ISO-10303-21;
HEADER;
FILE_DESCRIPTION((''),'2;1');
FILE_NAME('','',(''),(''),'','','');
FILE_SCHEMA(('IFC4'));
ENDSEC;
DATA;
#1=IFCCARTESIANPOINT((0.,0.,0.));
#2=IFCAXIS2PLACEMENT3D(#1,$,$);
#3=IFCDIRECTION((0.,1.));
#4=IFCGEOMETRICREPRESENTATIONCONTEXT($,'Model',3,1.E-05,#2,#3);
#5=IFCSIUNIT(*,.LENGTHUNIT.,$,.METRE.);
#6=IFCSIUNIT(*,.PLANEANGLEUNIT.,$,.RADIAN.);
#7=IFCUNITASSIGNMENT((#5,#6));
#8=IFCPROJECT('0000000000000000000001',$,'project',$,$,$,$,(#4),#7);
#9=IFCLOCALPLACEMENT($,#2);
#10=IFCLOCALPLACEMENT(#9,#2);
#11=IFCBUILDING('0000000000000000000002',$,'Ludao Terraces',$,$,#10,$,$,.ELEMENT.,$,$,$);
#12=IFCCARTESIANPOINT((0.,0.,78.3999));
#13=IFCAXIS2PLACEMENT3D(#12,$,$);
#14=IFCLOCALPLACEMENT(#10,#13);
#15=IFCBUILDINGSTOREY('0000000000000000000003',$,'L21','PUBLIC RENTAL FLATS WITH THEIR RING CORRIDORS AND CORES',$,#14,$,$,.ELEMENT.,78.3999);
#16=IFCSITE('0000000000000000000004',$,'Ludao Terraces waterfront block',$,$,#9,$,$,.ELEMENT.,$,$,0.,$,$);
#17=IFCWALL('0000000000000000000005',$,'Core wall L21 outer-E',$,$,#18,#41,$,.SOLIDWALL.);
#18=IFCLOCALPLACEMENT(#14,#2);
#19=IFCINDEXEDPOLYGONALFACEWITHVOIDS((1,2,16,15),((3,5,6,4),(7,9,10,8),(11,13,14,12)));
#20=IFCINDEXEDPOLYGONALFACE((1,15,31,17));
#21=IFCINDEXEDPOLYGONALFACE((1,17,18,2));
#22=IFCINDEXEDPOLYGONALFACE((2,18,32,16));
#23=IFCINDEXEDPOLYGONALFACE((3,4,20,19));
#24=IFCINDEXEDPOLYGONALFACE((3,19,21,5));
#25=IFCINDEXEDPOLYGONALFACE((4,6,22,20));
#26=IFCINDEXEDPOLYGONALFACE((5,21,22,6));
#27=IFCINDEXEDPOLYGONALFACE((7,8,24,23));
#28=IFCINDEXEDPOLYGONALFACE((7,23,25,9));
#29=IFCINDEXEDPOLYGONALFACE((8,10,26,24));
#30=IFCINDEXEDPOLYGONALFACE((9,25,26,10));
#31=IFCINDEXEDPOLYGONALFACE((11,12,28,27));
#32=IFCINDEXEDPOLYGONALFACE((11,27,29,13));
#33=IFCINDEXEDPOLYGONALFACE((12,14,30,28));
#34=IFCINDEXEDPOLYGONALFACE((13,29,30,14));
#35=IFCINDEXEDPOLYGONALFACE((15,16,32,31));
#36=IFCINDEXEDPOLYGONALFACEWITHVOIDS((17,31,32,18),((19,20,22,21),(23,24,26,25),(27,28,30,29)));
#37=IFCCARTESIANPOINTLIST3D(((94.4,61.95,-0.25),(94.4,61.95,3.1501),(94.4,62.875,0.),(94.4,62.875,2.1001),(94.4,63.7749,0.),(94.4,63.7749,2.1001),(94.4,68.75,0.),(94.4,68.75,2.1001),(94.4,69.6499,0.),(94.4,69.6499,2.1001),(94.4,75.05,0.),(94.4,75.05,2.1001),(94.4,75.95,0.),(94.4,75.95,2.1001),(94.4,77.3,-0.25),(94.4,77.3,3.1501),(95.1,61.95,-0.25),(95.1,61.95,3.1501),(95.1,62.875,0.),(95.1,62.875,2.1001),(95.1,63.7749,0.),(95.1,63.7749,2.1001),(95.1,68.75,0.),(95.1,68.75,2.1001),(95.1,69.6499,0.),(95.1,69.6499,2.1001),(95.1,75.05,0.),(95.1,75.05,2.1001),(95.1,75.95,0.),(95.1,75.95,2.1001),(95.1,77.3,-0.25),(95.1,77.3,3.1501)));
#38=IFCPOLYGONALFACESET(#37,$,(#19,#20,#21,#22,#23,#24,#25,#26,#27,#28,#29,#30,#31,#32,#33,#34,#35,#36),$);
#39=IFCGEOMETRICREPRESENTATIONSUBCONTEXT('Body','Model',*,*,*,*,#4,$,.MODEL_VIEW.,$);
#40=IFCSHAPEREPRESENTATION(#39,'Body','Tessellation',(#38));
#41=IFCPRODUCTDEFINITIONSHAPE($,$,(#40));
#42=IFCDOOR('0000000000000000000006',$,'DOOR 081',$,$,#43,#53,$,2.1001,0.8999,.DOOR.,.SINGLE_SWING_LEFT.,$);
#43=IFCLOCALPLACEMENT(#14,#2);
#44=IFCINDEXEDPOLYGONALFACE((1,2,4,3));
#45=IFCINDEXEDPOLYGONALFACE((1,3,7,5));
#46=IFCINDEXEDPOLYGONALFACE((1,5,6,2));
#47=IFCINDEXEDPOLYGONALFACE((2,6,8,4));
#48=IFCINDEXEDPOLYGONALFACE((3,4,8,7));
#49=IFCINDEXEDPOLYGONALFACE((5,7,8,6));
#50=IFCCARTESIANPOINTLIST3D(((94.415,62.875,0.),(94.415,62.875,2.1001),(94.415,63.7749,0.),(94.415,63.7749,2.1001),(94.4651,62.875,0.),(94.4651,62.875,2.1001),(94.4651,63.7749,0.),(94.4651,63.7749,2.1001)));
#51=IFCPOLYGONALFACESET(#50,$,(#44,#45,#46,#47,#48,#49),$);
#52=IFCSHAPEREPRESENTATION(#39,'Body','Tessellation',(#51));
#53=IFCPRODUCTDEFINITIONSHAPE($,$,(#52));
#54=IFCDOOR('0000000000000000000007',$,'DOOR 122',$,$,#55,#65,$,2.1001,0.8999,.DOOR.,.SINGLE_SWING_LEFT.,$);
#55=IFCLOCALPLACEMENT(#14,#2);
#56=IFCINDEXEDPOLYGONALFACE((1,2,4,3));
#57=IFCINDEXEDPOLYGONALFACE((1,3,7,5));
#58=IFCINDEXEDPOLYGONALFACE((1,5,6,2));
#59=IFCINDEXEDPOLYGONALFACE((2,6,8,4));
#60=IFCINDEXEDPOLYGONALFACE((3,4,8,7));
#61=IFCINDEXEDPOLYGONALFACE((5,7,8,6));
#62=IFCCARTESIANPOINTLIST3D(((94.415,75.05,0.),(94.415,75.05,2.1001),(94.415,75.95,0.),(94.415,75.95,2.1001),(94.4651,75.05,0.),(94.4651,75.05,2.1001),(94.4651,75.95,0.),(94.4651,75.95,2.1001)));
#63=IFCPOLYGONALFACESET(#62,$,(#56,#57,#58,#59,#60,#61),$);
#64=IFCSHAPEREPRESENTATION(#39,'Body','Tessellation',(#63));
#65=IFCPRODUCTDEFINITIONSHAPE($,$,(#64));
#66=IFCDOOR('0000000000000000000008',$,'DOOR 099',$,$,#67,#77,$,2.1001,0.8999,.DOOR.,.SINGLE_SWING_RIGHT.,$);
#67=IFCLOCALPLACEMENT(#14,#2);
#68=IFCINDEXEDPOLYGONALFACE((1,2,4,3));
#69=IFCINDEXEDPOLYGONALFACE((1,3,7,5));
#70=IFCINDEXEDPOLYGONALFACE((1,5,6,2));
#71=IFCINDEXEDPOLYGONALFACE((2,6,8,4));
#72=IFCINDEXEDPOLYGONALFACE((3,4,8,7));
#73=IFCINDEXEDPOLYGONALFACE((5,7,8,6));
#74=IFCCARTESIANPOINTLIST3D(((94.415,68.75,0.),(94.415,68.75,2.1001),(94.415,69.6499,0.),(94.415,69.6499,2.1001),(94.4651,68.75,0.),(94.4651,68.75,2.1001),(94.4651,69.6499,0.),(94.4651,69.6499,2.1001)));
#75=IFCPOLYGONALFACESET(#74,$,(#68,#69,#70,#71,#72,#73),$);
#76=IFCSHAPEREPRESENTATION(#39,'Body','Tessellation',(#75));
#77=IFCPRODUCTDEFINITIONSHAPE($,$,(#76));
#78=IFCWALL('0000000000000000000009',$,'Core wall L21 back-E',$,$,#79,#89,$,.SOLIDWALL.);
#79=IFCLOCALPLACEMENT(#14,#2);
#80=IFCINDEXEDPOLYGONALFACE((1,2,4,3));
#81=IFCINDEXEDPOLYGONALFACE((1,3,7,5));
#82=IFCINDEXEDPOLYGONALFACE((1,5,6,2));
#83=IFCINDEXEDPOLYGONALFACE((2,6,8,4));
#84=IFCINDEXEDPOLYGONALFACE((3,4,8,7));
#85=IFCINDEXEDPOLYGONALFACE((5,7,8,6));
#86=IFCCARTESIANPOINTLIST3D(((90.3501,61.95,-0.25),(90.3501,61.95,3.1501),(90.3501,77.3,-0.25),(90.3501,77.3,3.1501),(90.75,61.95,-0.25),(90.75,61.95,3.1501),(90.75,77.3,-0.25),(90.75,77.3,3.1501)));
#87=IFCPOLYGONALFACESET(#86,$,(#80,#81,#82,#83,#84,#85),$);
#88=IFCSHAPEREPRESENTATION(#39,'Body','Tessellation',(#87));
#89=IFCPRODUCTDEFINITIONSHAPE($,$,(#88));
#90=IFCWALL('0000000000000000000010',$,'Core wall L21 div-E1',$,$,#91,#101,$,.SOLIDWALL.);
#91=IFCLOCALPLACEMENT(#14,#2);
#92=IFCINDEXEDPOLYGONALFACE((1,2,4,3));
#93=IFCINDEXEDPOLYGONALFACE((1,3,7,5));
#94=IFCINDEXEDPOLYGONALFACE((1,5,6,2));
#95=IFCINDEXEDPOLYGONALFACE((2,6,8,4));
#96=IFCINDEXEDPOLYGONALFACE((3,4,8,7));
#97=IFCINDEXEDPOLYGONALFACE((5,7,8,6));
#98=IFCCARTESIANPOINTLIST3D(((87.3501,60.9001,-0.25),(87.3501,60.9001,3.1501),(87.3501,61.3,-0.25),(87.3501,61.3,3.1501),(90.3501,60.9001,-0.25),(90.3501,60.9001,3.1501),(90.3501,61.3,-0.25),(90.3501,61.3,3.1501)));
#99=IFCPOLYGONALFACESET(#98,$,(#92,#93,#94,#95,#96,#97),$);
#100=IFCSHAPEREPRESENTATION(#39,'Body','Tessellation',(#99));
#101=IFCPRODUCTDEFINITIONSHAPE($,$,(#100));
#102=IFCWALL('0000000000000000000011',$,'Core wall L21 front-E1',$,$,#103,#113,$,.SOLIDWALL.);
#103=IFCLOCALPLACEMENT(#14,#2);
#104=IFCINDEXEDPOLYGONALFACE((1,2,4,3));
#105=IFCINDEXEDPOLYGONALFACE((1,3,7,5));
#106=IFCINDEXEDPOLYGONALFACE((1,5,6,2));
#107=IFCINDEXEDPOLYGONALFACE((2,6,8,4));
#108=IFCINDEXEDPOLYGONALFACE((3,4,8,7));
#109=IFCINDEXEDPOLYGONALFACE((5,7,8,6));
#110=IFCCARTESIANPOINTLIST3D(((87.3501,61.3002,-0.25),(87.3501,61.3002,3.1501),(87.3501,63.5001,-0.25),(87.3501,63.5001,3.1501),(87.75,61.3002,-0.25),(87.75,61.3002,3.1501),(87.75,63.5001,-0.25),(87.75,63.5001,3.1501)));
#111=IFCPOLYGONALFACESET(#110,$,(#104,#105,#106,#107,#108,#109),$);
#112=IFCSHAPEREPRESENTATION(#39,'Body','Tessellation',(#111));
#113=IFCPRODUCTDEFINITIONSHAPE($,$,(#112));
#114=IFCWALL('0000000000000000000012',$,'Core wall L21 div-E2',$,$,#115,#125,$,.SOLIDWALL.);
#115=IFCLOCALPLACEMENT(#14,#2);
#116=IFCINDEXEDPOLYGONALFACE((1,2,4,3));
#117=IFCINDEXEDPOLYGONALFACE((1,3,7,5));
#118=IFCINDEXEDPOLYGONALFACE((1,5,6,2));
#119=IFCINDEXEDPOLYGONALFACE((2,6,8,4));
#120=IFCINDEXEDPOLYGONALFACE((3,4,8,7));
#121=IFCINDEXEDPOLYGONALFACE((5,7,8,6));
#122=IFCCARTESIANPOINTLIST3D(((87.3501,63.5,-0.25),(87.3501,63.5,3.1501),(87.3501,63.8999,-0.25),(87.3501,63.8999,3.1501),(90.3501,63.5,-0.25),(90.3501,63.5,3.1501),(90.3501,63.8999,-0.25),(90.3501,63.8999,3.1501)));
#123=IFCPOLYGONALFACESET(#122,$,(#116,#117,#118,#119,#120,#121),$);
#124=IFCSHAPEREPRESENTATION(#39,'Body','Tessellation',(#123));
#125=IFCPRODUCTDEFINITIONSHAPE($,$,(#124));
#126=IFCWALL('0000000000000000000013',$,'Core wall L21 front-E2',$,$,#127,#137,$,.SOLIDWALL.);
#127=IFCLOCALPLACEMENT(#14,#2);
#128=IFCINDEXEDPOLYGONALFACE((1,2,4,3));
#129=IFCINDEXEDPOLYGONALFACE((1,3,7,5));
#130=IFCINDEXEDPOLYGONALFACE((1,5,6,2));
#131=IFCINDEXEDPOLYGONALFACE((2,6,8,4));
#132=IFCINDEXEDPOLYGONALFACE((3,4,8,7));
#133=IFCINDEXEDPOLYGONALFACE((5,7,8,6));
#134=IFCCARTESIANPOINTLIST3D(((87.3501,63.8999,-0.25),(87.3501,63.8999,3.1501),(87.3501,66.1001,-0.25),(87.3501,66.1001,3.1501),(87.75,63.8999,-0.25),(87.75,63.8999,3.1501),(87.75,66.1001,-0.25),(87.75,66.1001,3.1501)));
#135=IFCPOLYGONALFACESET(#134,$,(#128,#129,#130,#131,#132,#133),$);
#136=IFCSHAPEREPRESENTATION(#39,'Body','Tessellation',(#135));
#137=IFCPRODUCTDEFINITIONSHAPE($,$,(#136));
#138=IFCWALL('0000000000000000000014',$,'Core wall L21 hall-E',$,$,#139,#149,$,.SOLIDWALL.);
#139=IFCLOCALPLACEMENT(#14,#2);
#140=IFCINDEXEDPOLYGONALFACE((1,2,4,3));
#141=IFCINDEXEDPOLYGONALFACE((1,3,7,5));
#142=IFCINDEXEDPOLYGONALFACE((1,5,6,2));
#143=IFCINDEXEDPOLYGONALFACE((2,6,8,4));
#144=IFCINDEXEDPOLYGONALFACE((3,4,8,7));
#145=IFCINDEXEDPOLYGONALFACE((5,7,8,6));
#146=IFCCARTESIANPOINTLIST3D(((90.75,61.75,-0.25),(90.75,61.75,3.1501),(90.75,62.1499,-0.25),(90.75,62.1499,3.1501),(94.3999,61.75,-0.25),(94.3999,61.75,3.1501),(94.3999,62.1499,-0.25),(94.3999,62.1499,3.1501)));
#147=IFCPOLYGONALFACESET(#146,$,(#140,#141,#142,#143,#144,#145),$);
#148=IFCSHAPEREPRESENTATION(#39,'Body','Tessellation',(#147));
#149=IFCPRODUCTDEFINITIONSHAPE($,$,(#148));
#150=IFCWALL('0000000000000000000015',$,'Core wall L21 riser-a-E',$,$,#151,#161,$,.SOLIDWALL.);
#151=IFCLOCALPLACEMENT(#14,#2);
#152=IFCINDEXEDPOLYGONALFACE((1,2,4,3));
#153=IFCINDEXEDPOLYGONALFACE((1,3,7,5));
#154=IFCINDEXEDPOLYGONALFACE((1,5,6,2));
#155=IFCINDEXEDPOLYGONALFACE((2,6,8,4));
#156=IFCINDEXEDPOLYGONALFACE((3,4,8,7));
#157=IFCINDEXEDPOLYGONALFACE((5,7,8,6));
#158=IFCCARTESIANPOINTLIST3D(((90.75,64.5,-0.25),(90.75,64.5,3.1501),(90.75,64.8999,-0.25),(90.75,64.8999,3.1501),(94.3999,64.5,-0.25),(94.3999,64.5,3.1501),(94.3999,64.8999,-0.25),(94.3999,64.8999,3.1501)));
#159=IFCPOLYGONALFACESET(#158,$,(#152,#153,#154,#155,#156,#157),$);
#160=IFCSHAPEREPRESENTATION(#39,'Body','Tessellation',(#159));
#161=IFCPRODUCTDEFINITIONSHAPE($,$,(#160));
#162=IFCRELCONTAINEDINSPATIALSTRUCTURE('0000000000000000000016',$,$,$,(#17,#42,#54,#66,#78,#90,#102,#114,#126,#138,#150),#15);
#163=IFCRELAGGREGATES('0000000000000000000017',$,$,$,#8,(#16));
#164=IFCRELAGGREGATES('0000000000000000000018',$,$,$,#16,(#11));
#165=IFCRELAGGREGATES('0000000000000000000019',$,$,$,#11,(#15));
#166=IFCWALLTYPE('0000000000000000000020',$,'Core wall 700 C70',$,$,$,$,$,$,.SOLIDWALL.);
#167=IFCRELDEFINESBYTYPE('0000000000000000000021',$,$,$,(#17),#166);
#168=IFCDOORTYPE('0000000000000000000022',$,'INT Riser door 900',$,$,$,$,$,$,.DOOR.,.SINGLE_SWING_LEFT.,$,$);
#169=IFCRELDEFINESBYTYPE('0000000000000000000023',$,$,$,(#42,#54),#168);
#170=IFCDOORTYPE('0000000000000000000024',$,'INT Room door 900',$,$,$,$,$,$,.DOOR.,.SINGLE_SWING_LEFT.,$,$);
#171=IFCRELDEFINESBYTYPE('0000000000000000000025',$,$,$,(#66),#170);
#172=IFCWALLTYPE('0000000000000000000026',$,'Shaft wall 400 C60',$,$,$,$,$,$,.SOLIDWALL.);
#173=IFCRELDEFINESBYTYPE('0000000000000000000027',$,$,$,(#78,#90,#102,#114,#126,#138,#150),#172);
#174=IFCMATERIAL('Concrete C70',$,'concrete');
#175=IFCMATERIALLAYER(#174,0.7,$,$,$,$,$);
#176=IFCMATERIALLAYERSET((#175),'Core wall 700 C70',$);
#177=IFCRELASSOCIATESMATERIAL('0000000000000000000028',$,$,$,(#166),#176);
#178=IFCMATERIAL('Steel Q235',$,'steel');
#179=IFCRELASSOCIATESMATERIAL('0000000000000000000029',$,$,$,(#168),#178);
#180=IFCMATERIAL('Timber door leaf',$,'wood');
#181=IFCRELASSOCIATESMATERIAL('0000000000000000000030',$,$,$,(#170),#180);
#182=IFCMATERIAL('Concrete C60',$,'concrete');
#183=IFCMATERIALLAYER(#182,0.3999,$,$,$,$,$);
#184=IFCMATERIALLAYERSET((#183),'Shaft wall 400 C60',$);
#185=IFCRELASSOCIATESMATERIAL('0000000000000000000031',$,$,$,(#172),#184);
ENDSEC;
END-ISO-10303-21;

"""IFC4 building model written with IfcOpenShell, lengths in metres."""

from ifc_helpers import new_model, si_unit, direction, frame, frame_2d, origin, place, context, subcontext, project, spatial, rectangle, extrude, material, layer, layer_set, type_object, element, fill, save


model = new_model("IFC4")

# Units and contexts
model_context = context("Model", 3, precision=1e-05, world=origin(), true_north=direction((0.0, 1.0)))
body_context = subcontext(model_context, "Body", "Model", "MODEL_VIEW")
ifc_project = project(units=[si_unit("LENGTHUNIT", "METRE"), si_unit("PLANEANGLEUNIT", "RADIAN")], contexts=[model_context])

# Site, building, storey
site_placement = place(None, origin())
site = spatial("IfcSite", under=ifc_project, at=site_placement, Name="Ludao Terraces waterfront block", CompositionType="ELEMENT", RefElevation=0.0)
building_placement = place(site_placement, origin())
building = spatial("IfcBuilding", under=site, at=building_placement, Name="Ludao Terraces", CompositionType="ELEMENT")
storey_placement = place(building_placement, frame((0.0, 0.0, 78.3999)))
storey = spatial("IfcBuildingStorey", under=building, at=storey_placement, Name="L21", Description="PUBLIC RENTAL FLATS WITH THEIR RING CORRIDORS AND CORES", CompositionType="ELEMENT", Elevation=78.3999)

# Wall, openings, doors
ifc_material_1 = material(Name="Concrete C70", Category="concrete")
ifc_layer_1 = layer(ifc_material_1, 0.7)
ifc_layer_set_1 = layer_set([ifc_layer_1], Name="Core wall 700 C70")
wall_type_1 = type_object("IfcWallType", Name="Core wall 700 C70", PredefinedType="SOLIDWALL", material=ifc_layer_set_1)
wall_1_placement = place(storey_placement, frame((94.75, 61.95, -0.25), z_axis=(0.0, 0.0, 1.0), x_axis=(0.0, 1.0, 0.0)))
wall_1 = element("IfcWall", 1, at=wall_1_placement, inside=storey, type_object=wall_type_1, Name="Core wall L21 outer-E", PredefinedType="SOLIDWALL", context=body_context, shape_type="SweptSolid", body=[
    extrude(rectangle(XDim=15.3501, YDim=0.7, at=frame_2d((7.675, 0.0))), origin(), (0.0, 0.0, 1.0), 3.4001),
])
opening_1_placement = place(wall_1_placement, frame((0.925, 0.0, 0.25)))
opening_1 = element("IfcOpeningElement", 2, at=opening_1_placement, cuts=wall_1, PredefinedType="OPENING", context=body_context, shape_type="SweptSolid", body=[
    extrude(rectangle(XDim=0.8999, YDim=2.1001, at=frame_2d((0.45, 1.05))), frame((0.0, 0.3599, 0.0), z_axis=(0.0, -1.0, 0.0), x_axis=(1.0, 0.0, 0.0)), (0.0, 0.0, 1.0), 0.72),
])
opening_2_placement = place(wall_1_placement, frame((6.8, 0.0, 0.25)))
opening_2 = element("IfcOpeningElement", 3, at=opening_2_placement, cuts=wall_1, PredefinedType="OPENING", context=body_context, shape_type="SweptSolid", body=[
    extrude(rectangle(XDim=0.8999, YDim=2.1001, at=frame_2d((0.45, 1.05))), frame((0.0, 0.3599, 0.0), z_axis=(0.0, -1.0, 0.0), x_axis=(1.0, 0.0, 0.0)), (0.0, 0.0, 1.0), 0.72),
])
opening_3_placement = place(wall_1_placement, frame((13.1001, 0.0, 0.25)))
opening_3 = element("IfcOpeningElement", 4, at=opening_3_placement, cuts=wall_1, PredefinedType="OPENING", context=body_context, shape_type="SweptSolid", body=[
    extrude(rectangle(XDim=0.8999, YDim=2.1001, at=frame_2d((0.45, 1.05))), frame((0.0, 0.3599, 0.0), z_axis=(0.0, -1.0, 0.0), x_axis=(1.0, 0.0, 0.0)), (0.0, 0.0, 1.0), 0.72),
])
ifc_material_2 = material(Name="Steel Q235", Category="steel")
door_type_1 = type_object("IfcDoorType", Name="INT Riser door 900", OperationType="SINGLE_SWING_LEFT", PredefinedType="DOOR", material=ifc_material_2)
door_1_placement = place(opening_1_placement, origin())
door_1 = element("IfcDoor", 5, at=door_1_placement, inside=storey, type_object=door_type_1, Name="DOOR 081", OperationType="SINGLE_SWING_LEFT", OverallHeight=2.1001, OverallWidth=0.8999, PredefinedType="DOOR", context=body_context, shape_type="SweptSolid", body=[
    extrude(rectangle(XDim=0.8999, YDim=2.1001, at=frame_2d((0.45, 1.05))), frame((0.0, 0.335, 0.0), z_axis=(0.0, -1.0, 0.0), x_axis=(1.0, 0.0, 0.0)), (0.0, 0.0, 1.0), 0.05),
])
fill(opening_1, door_1)
door_2_placement = place(opening_3_placement, origin())
door_2 = element("IfcDoor", 6, at=door_2_placement, inside=storey, type_object=door_type_1, Name="DOOR 122", OperationType="SINGLE_SWING_LEFT", OverallHeight=2.1001, OverallWidth=0.8999, PredefinedType="DOOR", context=body_context, shape_type="SweptSolid", body=[
    extrude(rectangle(XDim=0.8999, YDim=2.1001, at=frame_2d((0.45, 1.05))), frame((0.0, 0.335, 0.0), z_axis=(0.0, -1.0, 0.0), x_axis=(1.0, 0.0, 0.0)), (0.0, 0.0, 1.0), 0.05),
])
fill(opening_3, door_2)
ifc_material_3 = material(Name="Timber door leaf", Category="wood")
door_type_2 = type_object("IfcDoorType", Name="INT Room door 900", OperationType="SINGLE_SWING_LEFT", PredefinedType="DOOR", material=ifc_material_3)
door_3_placement = place(opening_2_placement, origin())
door_3 = element("IfcDoor", 7, at=door_3_placement, inside=storey, type_object=door_type_2, Name="DOOR 099", OperationType="SINGLE_SWING_RIGHT", OverallHeight=2.1001, OverallWidth=0.8999, PredefinedType="DOOR", context=body_context, shape_type="SweptSolid", body=[
    extrude(rectangle(XDim=0.8999, YDim=2.1001, at=frame_2d((0.45, 1.05))), frame((0.0, 0.335, 0.0), z_axis=(0.0, -1.0, 0.0), x_axis=(1.0, 0.0, 0.0)), (0.0, 0.0, 1.0), 0.05),
])
fill(opening_2, door_3)

# Walls
ifc_material_4 = material(Name="Concrete C60", Category="concrete")
ifc_layer_2 = layer(ifc_material_4, 0.3999)
ifc_layer_set_2 = layer_set([ifc_layer_2], Name="Shaft wall 400 C60")
wall_type_2 = type_object("IfcWallType", Name="Shaft wall 400 C60", PredefinedType="SOLIDWALL", material=ifc_layer_set_2)
wall_2_placement = place(storey_placement, frame((90.55, 61.95, -0.25), z_axis=(0.0, 0.0, 1.0), x_axis=(0.0, 1.0, 0.0)))
element("IfcWall", 8, at=wall_2_placement, inside=storey, type_object=wall_type_2, Name="Core wall L21 back-E", PredefinedType="SOLIDWALL", context=body_context, shape_type="SweptSolid", body=[
    extrude(rectangle(XDim=15.3501, YDim=0.3999, at=frame_2d((7.675, 0.0))), origin(), (0.0, 0.0, 1.0), 3.4001),
])
wall_3_placement = place(storey_placement, frame((87.3501, 61.1001, -0.25), z_axis=(0.0, 0.0, 1.0), x_axis=(1.0, 0.0, 0.0)))
element("IfcWall", 9, at=wall_3_placement, inside=storey, type_object=wall_type_2, Name="Core wall L21 div-E1", PredefinedType="SOLIDWALL", context=body_context, shape_type="SweptSolid", body=[
    extrude(rectangle(XDim=3.0, YDim=0.3999, at=frame_2d((1.5, 0.0))), origin(), (0.0, 0.0, 1.0), 3.4001),
])
wall_4_placement = place(storey_placement, frame((87.55, 61.3, -0.25), z_axis=(0.0, 0.0, 1.0), x_axis=(0.0, 1.0, 0.0)))
element("IfcWall", 10, at=wall_4_placement, inside=storey, type_object=wall_type_2, Name="Core wall L21 front-E1", PredefinedType="SOLIDWALL", context=body_context, shape_type="SweptSolid", body=[
    extrude(rectangle(XDim=2.2, YDim=0.3999, at=frame_2d((1.1001, 0.0))), origin(), (0.0, 0.0, 1.0), 3.4001),
])
wall_5_placement = place(storey_placement, frame((87.3501, 63.7, -0.25), z_axis=(0.0, 0.0, 1.0), x_axis=(1.0, 0.0, 0.0)))
element("IfcWall", 11, at=wall_5_placement, inside=storey, type_object=wall_type_2, Name="Core wall L21 div-E2", PredefinedType="SOLIDWALL", context=body_context, shape_type="SweptSolid", body=[
    extrude(rectangle(XDim=3.0, YDim=0.3999, at=frame_2d((1.5, 0.0))), origin(), (0.0, 0.0, 1.0), 3.4001),
])
wall_6_placement = place(storey_placement, frame((87.55, 63.8999, -0.25), z_axis=(0.0, 0.0, 1.0), x_axis=(0.0, 1.0, 0.0)))
element("IfcWall", 12, at=wall_6_placement, inside=storey, type_object=wall_type_2, Name="Core wall L21 front-E2", PredefinedType="SOLIDWALL", context=body_context, shape_type="SweptSolid", body=[
    extrude(rectangle(XDim=2.2002, YDim=0.3999, at=frame_2d((1.1001, 0.0))), origin(), (0.0, 0.0, 1.0), 3.4001),
])
for number, where, z_axis, x_axis, name in (
    (13, (90.75, 61.95, -0.25), (0.0, 0.0, 1.0), (1.0, 0.0, 0.0), "Core wall L21 hall-E"),
    (14, (90.75, 64.7, -0.25), (0.0, 0.0, 1.0), (1.0, 0.0, 0.0), "Core wall L21 riser-a-E"),
):
    element("IfcWall", number, at=place(storey_placement, frame(where, z_axis=z_axis, x_axis=x_axis)), inside=storey, type_object=wall_type_2, Name=name, PredefinedType="SOLIDWALL", context=body_context, shape_type="SweptSolid", body=[
        extrude(rectangle(XDim=3.6499, YDim=0.3999, at=frame_2d((1.825, 0.0))), origin(), (0.0, 0.0, 1.0), 3.4001),
    ])

save(model, "model.ifc")
